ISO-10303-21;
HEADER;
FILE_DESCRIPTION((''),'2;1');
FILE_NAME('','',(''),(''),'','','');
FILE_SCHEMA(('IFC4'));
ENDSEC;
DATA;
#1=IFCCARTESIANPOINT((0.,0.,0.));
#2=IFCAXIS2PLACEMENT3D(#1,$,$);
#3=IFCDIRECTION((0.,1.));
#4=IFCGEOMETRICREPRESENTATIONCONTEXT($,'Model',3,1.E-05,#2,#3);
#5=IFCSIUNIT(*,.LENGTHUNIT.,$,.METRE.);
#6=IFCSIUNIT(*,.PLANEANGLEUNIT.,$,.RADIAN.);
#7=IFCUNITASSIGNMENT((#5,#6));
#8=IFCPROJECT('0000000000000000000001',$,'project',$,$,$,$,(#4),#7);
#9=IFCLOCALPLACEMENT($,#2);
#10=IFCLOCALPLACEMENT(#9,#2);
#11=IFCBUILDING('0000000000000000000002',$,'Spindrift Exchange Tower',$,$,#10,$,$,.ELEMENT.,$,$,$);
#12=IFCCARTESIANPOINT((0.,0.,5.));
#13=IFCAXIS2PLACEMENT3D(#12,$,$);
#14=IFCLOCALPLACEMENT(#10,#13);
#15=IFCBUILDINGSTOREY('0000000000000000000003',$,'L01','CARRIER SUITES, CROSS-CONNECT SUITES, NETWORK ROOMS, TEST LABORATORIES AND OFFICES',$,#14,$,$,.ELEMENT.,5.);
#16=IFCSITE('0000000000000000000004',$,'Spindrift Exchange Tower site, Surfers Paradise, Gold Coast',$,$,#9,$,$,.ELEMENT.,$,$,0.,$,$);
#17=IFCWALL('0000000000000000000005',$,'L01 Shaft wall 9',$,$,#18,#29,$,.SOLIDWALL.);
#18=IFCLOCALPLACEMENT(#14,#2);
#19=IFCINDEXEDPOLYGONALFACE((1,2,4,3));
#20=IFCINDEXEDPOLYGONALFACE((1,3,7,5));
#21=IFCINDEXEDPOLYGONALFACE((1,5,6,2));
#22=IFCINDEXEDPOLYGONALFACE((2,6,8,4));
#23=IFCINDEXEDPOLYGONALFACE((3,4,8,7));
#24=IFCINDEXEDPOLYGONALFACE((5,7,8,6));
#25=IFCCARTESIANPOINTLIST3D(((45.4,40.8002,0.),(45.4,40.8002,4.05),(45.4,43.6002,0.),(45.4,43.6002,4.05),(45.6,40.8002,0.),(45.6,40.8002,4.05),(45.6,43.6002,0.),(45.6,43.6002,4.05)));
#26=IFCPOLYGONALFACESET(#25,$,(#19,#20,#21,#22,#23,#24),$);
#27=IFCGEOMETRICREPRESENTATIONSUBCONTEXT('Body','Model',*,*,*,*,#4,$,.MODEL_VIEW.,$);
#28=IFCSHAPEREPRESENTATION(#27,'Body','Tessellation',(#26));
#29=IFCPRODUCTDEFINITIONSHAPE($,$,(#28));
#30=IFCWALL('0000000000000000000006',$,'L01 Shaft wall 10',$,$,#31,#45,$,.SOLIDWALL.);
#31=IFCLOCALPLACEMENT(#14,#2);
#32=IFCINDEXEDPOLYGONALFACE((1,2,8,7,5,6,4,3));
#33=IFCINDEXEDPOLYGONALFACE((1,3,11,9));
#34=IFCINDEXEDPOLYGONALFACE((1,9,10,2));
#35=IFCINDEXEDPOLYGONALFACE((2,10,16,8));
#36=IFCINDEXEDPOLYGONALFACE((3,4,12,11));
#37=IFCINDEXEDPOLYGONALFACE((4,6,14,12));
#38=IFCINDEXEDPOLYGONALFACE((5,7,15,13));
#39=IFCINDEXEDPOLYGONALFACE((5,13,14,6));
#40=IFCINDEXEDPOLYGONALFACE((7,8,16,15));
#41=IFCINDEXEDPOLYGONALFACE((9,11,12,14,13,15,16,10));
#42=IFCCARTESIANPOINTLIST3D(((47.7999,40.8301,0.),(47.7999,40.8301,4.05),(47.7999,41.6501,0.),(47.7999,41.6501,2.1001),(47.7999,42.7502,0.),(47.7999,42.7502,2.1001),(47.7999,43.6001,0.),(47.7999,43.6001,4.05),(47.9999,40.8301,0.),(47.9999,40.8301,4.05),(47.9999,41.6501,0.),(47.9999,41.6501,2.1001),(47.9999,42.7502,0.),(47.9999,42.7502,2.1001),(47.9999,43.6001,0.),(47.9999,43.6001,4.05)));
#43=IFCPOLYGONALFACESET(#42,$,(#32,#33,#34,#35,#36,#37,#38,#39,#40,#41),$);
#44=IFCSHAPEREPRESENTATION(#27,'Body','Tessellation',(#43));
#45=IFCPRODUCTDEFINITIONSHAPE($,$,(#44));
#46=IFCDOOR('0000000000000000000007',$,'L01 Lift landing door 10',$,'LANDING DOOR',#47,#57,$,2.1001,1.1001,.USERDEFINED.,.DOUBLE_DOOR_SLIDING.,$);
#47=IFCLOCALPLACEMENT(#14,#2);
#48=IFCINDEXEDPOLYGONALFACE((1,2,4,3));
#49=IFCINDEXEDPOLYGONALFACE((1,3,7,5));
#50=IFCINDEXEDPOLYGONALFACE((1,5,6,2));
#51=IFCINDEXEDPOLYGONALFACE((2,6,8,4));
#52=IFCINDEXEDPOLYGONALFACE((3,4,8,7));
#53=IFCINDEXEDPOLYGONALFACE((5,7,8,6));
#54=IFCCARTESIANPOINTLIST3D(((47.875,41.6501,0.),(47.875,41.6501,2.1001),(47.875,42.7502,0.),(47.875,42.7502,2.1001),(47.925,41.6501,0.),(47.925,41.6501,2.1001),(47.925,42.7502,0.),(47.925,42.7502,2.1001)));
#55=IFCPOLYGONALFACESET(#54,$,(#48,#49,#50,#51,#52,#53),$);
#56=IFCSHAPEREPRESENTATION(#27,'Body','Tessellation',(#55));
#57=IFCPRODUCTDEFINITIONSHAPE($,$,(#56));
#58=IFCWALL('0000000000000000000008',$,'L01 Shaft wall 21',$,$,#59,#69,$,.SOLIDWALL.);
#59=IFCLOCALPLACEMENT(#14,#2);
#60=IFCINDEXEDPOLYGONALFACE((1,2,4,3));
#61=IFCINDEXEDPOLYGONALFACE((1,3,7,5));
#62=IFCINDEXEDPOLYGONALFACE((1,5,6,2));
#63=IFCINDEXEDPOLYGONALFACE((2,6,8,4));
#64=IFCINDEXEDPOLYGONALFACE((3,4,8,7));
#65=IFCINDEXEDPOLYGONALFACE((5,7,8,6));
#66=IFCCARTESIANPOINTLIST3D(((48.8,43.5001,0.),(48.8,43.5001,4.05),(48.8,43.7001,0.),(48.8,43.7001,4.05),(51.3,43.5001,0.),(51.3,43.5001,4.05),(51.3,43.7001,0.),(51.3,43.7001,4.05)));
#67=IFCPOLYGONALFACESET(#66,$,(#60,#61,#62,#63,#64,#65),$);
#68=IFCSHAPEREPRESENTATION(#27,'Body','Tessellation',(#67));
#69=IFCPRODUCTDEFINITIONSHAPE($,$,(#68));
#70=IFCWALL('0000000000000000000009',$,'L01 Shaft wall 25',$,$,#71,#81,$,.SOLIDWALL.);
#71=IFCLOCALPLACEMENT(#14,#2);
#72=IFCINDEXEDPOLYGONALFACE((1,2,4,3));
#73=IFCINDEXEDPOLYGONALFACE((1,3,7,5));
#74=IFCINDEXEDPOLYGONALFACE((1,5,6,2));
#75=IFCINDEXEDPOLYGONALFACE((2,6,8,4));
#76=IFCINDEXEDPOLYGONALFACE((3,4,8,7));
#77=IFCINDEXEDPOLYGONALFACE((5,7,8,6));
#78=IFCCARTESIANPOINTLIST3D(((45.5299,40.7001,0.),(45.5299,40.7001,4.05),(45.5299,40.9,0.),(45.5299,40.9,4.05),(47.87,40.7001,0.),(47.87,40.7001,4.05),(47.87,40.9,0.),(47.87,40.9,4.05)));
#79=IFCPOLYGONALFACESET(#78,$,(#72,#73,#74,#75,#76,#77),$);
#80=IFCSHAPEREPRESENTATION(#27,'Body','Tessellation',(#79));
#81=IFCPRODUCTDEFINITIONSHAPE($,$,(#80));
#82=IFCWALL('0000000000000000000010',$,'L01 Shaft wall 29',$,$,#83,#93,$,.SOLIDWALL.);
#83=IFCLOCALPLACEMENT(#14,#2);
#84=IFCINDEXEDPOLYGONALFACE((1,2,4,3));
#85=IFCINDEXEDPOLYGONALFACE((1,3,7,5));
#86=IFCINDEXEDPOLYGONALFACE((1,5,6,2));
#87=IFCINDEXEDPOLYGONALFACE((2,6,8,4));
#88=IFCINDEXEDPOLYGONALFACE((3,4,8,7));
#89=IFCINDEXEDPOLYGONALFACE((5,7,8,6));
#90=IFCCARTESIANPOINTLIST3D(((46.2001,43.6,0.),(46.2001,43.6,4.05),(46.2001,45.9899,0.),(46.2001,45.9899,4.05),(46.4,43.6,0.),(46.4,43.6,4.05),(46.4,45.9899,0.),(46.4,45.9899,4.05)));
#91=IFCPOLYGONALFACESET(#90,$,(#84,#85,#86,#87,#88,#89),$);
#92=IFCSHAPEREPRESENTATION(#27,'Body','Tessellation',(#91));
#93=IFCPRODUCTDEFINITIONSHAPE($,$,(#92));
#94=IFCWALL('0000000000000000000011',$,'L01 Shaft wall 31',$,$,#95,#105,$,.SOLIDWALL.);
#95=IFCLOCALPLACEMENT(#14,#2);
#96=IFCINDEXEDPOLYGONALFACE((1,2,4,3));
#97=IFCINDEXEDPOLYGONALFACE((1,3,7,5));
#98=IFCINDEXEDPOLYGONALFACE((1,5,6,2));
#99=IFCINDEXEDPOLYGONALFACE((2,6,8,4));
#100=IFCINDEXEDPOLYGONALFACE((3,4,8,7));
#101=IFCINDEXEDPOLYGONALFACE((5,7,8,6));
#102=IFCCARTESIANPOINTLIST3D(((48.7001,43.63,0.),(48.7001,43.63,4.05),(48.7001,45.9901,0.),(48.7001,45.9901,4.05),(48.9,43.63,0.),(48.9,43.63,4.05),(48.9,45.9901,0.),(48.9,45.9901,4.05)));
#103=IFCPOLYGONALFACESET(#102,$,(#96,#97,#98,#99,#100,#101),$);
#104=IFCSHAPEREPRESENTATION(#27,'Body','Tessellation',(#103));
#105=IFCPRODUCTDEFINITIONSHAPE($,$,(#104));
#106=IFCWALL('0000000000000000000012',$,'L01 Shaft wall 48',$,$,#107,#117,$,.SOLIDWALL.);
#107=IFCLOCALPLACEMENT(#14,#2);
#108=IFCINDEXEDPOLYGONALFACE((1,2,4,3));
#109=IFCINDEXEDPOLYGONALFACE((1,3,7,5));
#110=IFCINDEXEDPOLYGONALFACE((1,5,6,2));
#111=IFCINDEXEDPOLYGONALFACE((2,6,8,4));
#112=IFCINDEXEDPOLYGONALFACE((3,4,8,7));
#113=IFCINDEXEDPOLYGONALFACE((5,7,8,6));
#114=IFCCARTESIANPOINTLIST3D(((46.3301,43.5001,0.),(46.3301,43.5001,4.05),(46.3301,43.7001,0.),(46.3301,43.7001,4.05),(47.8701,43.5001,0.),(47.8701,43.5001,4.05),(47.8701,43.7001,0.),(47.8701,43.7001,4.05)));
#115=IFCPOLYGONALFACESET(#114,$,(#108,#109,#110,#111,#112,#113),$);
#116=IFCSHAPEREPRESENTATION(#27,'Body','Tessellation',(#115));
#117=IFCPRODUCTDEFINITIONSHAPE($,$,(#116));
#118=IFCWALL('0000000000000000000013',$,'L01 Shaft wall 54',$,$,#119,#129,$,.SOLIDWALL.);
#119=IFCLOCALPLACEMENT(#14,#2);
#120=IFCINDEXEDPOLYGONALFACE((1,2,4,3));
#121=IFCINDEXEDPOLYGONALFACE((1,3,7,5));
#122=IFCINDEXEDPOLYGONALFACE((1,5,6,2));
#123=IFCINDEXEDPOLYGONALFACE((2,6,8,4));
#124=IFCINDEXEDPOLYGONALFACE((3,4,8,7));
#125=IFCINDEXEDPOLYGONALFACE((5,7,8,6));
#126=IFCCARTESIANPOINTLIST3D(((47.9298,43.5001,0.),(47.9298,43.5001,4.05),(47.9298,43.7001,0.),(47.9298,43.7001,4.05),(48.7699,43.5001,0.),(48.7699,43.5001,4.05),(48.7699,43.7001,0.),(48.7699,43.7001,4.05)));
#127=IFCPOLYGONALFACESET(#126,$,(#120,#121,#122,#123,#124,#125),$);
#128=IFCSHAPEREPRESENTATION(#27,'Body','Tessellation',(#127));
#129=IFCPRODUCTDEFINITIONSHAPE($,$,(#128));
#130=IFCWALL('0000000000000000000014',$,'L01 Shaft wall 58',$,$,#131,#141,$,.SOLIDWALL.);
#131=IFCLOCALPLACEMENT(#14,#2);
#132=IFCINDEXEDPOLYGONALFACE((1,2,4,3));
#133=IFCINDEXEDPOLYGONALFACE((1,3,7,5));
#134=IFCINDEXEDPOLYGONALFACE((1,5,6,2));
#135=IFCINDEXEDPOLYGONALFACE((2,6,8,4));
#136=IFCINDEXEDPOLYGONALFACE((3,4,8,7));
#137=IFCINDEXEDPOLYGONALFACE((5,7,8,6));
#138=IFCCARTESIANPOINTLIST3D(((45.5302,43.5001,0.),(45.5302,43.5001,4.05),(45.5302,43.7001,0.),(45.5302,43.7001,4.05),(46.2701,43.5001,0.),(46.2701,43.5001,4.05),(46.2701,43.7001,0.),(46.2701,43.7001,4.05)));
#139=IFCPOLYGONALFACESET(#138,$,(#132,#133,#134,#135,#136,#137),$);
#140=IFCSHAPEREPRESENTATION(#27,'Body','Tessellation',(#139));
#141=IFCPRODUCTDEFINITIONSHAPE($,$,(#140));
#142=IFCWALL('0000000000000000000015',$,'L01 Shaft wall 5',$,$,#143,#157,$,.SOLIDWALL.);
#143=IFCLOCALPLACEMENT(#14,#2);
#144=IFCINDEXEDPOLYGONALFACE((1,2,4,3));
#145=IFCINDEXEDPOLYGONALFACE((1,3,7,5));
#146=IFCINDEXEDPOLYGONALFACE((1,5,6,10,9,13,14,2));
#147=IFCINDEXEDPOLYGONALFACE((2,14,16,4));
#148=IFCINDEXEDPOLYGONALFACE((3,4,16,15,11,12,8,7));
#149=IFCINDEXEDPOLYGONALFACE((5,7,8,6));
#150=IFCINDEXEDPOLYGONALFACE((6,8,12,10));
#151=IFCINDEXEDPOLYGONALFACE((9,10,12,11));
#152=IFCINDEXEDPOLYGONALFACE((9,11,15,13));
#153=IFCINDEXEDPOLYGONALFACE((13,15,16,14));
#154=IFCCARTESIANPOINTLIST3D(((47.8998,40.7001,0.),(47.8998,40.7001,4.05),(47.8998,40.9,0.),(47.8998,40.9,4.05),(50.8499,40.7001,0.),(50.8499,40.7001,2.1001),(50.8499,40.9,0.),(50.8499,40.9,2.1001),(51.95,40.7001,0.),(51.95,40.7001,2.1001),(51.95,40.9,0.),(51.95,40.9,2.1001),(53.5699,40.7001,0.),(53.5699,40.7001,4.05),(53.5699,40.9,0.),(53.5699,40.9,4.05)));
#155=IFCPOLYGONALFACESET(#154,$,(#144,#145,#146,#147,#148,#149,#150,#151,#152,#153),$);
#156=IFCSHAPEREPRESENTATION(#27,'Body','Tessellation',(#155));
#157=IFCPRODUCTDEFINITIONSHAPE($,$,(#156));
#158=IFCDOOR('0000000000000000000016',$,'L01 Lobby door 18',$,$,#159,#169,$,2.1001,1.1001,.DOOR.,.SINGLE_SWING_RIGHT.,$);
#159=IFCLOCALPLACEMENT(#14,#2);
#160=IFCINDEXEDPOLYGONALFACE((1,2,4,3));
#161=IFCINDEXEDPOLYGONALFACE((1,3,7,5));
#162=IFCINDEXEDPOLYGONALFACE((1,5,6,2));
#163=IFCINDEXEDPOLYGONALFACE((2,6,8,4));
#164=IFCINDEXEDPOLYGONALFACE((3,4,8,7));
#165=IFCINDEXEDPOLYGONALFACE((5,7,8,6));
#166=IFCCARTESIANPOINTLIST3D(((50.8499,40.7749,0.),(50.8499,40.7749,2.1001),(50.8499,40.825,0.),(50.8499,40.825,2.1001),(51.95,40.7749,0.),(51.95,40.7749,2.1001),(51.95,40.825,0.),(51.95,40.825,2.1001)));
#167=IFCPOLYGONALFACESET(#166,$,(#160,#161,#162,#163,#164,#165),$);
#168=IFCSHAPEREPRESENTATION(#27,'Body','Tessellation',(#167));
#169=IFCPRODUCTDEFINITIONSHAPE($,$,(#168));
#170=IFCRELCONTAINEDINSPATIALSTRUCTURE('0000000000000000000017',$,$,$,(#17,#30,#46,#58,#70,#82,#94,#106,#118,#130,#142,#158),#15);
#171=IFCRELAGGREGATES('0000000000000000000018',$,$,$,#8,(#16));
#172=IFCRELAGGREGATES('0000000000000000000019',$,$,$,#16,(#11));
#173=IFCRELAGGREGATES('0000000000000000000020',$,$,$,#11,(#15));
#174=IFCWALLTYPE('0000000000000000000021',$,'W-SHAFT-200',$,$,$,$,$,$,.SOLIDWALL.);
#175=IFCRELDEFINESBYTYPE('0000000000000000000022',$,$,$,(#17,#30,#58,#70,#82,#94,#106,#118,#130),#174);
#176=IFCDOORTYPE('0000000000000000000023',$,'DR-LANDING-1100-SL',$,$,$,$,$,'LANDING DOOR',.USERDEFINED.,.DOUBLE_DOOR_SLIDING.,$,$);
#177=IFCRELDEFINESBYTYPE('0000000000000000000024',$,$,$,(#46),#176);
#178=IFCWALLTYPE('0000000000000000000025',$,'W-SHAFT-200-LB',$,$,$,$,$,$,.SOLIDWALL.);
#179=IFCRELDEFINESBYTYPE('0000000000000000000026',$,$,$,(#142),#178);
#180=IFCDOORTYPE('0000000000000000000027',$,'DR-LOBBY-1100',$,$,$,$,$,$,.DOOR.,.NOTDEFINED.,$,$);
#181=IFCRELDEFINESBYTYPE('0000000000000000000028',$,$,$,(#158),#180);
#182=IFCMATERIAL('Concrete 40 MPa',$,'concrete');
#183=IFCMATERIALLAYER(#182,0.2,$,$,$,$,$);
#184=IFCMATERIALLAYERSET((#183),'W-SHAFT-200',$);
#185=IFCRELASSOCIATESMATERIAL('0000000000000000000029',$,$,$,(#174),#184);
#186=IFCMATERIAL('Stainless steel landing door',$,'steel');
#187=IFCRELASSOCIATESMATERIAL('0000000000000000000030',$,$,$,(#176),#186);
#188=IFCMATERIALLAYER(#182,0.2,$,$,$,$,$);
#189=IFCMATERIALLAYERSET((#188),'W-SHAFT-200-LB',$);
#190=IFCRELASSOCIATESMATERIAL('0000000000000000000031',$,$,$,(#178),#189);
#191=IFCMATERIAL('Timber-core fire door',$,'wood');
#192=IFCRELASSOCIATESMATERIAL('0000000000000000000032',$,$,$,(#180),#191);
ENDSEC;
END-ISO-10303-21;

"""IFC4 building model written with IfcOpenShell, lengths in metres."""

from ifc_helpers import new_model, si_unit, direction, frame, frame_2d, origin, place, context, subcontext, project, spatial, rectangle, extrude, source, transform, mapped, material, layer, layer_set, type_object, element, fill, save


model = new_model("IFC4")

# Units and contexts
model_context = context("Model", 3, precision=1e-05, world=origin(), true_north=direction((0.0, 1.0)))
body_context = subcontext(model_context, "Body", "Model", "MODEL_VIEW")
ifc_project = project(units=[si_unit("LENGTHUNIT", "METRE"), si_unit("PLANEANGLEUNIT", "RADIAN")], contexts=[model_context])

# Site, building, storey
site_placement = place(None, origin())
site = spatial("IfcSite", under=ifc_project, at=site_placement, Name="Spindrift Exchange Tower site, Surfers Paradise, Gold Coast", CompositionType="ELEMENT", RefElevation=0.0)
building_placement = place(site_placement, origin())
building = spatial("IfcBuilding", under=site, at=building_placement, Name="Spindrift Exchange Tower", CompositionType="ELEMENT")
storey_placement = place(building_placement, frame((0.0, 0.0, 5.0)))
storey = spatial("IfcBuildingStorey", under=building, at=storey_placement, Name="L01", Description="CARRIER SUITES, CROSS-CONNECT SUITES, NETWORK ROOMS, TEST LABORATORIES AND OFFICES", CompositionType="ELEMENT", Elevation=5.0)

# Wall
ifc_material_1 = material(Name="Concrete 40 MPa", Category="concrete")
ifc_layer_1 = layer(ifc_material_1, 0.2)
ifc_layer_set_1 = layer_set([ifc_layer_1], Name="W-SHAFT-200")
wall_type_1 = type_object("IfcWallType", Name="W-SHAFT-200", PredefinedType="SOLIDWALL", material=ifc_layer_set_1)
wall_1_placement = place(storey_placement, frame((45.5, 43.6001, 0.0), z_axis=(0.0, 0.0, 1.0), x_axis=(0.0, -1.0, 0.0)))
element("IfcWall", 1, at=wall_1_placement, inside=storey, type_object=wall_type_1, Name="L01 Shaft wall 9", PredefinedType="SOLIDWALL", context=body_context, shape_type="SweptSolid", body=[
    extrude(rectangle(XDim=2.8, YDim=0.2, at=frame_2d((1.3999, 0.0))), origin(), (0.0, 0.0, 1.0), 4.05),
])

# Wall, opening, door
wall_2_placement = place(storey_placement, frame((47.8999, 40.8301, 0.0), z_axis=(0.0, 0.0, 1.0), x_axis=(0.0, 1.0, 0.0)))
wall_2 = element("IfcWall", 2, at=wall_2_placement, inside=storey, type_object=wall_type_1, Name="L01 Shaft wall 10", PredefinedType="SOLIDWALL", context=body_context, shape_type="SweptSolid", body=[
    extrude(rectangle(XDim=2.77, YDim=0.2, at=frame_2d((1.385, 0.0))), origin(), (0.0, 0.0, 1.0), 4.05),
])
opening_1_placement = place(wall_2_placement, frame((0.8201, 0.0, 0.0)))
opening_1 = element("IfcOpeningElement", 3, at=opening_1_placement, cuts=wall_2, PredefinedType="OPENING", context=body_context, shape_type="SweptSolid", body=[
    extrude(rectangle(XDim=1.1001, YDim=2.1001, at=frame_2d((0.55, 1.05))), frame((0.0, 0.1099, 0.0), z_axis=(0.0, -1.0, 0.0), x_axis=(1.0, 0.0, 0.0)), (0.0, 0.0, 1.0), 0.22),
])
ifc_material_2 = material(Name="Stainless steel landing door", Category="steel")
door_type_1 = type_object("IfcDoorType", Name="DR-LANDING-1100-SL", ElementType="LANDING DOOR", OperationType="DOUBLE_DOOR_SLIDING", PredefinedType="USERDEFINED", material=ifc_material_2)
shared_shape_1 = source(origin(), body_context, "Body", "SweptSolid", [
    extrude(rectangle(XDim=1.1001, YDim=2.1001, at=frame_2d((0.55, 1.05))), frame((0.0, 0.0249, 0.0), z_axis=(0.0, -1.0, 0.0), x_axis=(1.0, 0.0, 0.0)), (0.0, 0.0, 1.0), 0.05),
])
door_1_placement = place(opening_1_placement, origin())
door_1 = element("IfcDoor", 4, at=door_1_placement, inside=storey, type_object=door_type_1, Name="L01 Lift landing door 10", ObjectType="LANDING DOOR", OperationType="DOUBLE_DOOR_SLIDING", OverallHeight=2.1001, OverallWidth=1.1001, PredefinedType="USERDEFINED", context=body_context, shape_type="MappedRepresentation", body=[
    mapped(shared_shape_1, transform((0.0, 0.0, 0.0), scale=1.0)),
])
fill(opening_1, door_1)

# Walls
wall_3_placement = place(storey_placement, frame((48.8, 43.6001, 0.0), z_axis=(0.0, 0.0, 1.0), x_axis=(1.0, 0.0, 0.0)))
element("IfcWall", 5, at=wall_3_placement, inside=storey, type_object=wall_type_1, Name="L01 Shaft wall 21", PredefinedType="SOLIDWALL", context=body_context, shape_type="SweptSolid", body=[
    extrude(rectangle(XDim=2.5, YDim=0.2, at=frame_2d((1.25, 0.0))), origin(), (0.0, 0.0, 1.0), 4.05),
])
wall_4_placement = place(storey_placement, frame((45.53, 40.8, 0.0), z_axis=(0.0, 0.0, 1.0), x_axis=(1.0, 0.0, 0.0)))
element("IfcWall", 6, at=wall_4_placement, inside=storey, type_object=wall_type_1, Name="L01 Shaft wall 25", PredefinedType="SOLIDWALL", context=body_context, shape_type="SweptSolid", body=[
    extrude(rectangle(XDim=2.3401, YDim=0.2, at=frame_2d((1.1699, 0.0))), origin(), (0.0, 0.0, 1.0), 4.05),
])
wall_5_placement = place(storey_placement, frame((46.3, 43.6001, 0.0), z_axis=(0.0, 0.0, 1.0), x_axis=(0.0, 1.0, 0.0)))
element("IfcWall", 7, at=wall_5_placement, inside=storey, type_object=wall_type_1, Name="L01 Shaft wall 29", PredefinedType="SOLIDWALL", context=body_context, shape_type="SweptSolid", body=[
    extrude(rectangle(XDim=2.3899, YDim=0.2, at=frame_2d((1.1948, 0.0))), origin(), (0.0, 0.0, 1.0), 4.05),
])
wall_6_placement = place(storey_placement, frame((48.8, 43.6299, 0.0), z_axis=(0.0, 0.0, 1.0), x_axis=(0.0, 1.0, 0.0)))
element("IfcWall", 8, at=wall_6_placement, inside=storey, type_object=wall_type_1, Name="L01 Shaft wall 31", PredefinedType="SOLIDWALL", context=body_context, shape_type="SweptSolid", body=[
    extrude(rectangle(XDim=2.3601, YDim=0.2, at=frame_2d((1.1802, 0.0))), origin(), (0.0, 0.0, 1.0), 4.05),
])
wall_7_placement = place(storey_placement, frame((46.3301, 43.6001, 0.0), z_axis=(0.0, 0.0, 1.0), x_axis=(1.0, 0.0, 0.0)))
element("IfcWall", 9, at=wall_7_placement, inside=storey, type_object=wall_type_1, Name="L01 Shaft wall 48", PredefinedType="SOLIDWALL", context=body_context, shape_type="SweptSolid", body=[
    extrude(rectangle(XDim=1.54, YDim=0.2, at=frame_2d((0.77, 0.0))), origin(), (0.0, 0.0, 1.0), 4.05),
])
wall_8_placement = place(storey_placement, frame((47.9299, 43.6001, 0.0), z_axis=(0.0, 0.0, 1.0), x_axis=(1.0, 0.0, 0.0)))
element("IfcWall", 10, at=wall_8_placement, inside=storey, type_object=wall_type_1, Name="L01 Shaft wall 54", PredefinedType="SOLIDWALL", context=body_context, shape_type="SweptSolid", body=[
    extrude(rectangle(XDim=0.8401, YDim=0.2, at=frame_2d((0.4199, 0.0))), origin(), (0.0, 0.0, 1.0), 4.05),
])
wall_9_placement = place(storey_placement, frame((45.53, 43.6001, 0.0), z_axis=(0.0, 0.0, 1.0), x_axis=(1.0, 0.0, 0.0)))
element("IfcWall", 11, at=wall_9_placement, inside=storey, type_object=wall_type_1, Name="L01 Shaft wall 58", PredefinedType="SOLIDWALL", context=body_context, shape_type="SweptSolid", body=[
    extrude(rectangle(XDim=0.74, YDim=0.2, at=frame_2d((0.3701, 0.0))), origin(), (0.0, 0.0, 1.0), 4.05),
])

# Wall, opening, door
ifc_layer_2 = layer(ifc_material_1, 0.2)
ifc_layer_set_2 = layer_set([ifc_layer_2], Name="W-SHAFT-200-LB")
wall_type_2 = type_object("IfcWallType", Name="W-SHAFT-200-LB", PredefinedType="SOLIDWALL", material=ifc_layer_set_2)
wall_10_placement = place(storey_placement, frame((47.8999, 40.8, 0.0), z_axis=(0.0, 0.0, 1.0), x_axis=(1.0, 0.0, 0.0)))
wall_10 = element("IfcWall", 12, at=wall_10_placement, inside=storey, type_object=wall_type_2, Name="L01 Shaft wall 5", PredefinedType="SOLIDWALL", context=body_context, shape_type="SweptSolid", body=[
    extrude(rectangle(XDim=5.6702, YDim=0.2, at=frame_2d((2.835, 0.0))), origin(), (0.0, 0.0, 1.0), 4.05),
])
opening_2_placement = place(wall_10_placement, frame((2.95, 0.0, 0.0)))
opening_2 = element("IfcOpeningElement", 13, at=opening_2_placement, cuts=wall_10, PredefinedType="OPENING", context=body_context, shape_type="SweptSolid", body=[
    extrude(rectangle(XDim=1.1001, YDim=2.1001, at=frame_2d((0.55, 1.05))), frame((0.0, 0.1099, 0.0), z_axis=(0.0, -1.0, 0.0), x_axis=(1.0, 0.0, 0.0)), (0.0, 0.0, 1.0), 0.22),
])
ifc_material_3 = material(Name="Timber-core fire door", Category="wood")
door_type_2 = type_object("IfcDoorType", Name="DR-LOBBY-1100", OperationType="NOTDEFINED", PredefinedType="DOOR", material=ifc_material_3)
shared_shape_2 = source(origin(), body_context, "Body", "SweptSolid", [
    extrude(rectangle(XDim=1.1001, YDim=2.1001, at=frame_2d((0.55, 1.05))), frame((0.0, 0.0249, 0.0), z_axis=(0.0, -1.0, 0.0), x_axis=(1.0, 0.0, 0.0)), (0.0, 0.0, 1.0), 0.05),
])
door_2_placement = place(opening_2_placement, origin())
door_2 = element("IfcDoor", 14, at=door_2_placement, inside=storey, type_object=door_type_2, Name="L01 Lobby door 18", OperationType="SINGLE_SWING_RIGHT", OverallHeight=2.1001, OverallWidth=1.1001, PredefinedType="DOOR", context=body_context, shape_type="MappedRepresentation", body=[
    mapped(shared_shape_2, transform((0.0, 0.0, 0.0), scale=1.0)),
])
fill(opening_2, door_2)

save(model, "model.ifc")
